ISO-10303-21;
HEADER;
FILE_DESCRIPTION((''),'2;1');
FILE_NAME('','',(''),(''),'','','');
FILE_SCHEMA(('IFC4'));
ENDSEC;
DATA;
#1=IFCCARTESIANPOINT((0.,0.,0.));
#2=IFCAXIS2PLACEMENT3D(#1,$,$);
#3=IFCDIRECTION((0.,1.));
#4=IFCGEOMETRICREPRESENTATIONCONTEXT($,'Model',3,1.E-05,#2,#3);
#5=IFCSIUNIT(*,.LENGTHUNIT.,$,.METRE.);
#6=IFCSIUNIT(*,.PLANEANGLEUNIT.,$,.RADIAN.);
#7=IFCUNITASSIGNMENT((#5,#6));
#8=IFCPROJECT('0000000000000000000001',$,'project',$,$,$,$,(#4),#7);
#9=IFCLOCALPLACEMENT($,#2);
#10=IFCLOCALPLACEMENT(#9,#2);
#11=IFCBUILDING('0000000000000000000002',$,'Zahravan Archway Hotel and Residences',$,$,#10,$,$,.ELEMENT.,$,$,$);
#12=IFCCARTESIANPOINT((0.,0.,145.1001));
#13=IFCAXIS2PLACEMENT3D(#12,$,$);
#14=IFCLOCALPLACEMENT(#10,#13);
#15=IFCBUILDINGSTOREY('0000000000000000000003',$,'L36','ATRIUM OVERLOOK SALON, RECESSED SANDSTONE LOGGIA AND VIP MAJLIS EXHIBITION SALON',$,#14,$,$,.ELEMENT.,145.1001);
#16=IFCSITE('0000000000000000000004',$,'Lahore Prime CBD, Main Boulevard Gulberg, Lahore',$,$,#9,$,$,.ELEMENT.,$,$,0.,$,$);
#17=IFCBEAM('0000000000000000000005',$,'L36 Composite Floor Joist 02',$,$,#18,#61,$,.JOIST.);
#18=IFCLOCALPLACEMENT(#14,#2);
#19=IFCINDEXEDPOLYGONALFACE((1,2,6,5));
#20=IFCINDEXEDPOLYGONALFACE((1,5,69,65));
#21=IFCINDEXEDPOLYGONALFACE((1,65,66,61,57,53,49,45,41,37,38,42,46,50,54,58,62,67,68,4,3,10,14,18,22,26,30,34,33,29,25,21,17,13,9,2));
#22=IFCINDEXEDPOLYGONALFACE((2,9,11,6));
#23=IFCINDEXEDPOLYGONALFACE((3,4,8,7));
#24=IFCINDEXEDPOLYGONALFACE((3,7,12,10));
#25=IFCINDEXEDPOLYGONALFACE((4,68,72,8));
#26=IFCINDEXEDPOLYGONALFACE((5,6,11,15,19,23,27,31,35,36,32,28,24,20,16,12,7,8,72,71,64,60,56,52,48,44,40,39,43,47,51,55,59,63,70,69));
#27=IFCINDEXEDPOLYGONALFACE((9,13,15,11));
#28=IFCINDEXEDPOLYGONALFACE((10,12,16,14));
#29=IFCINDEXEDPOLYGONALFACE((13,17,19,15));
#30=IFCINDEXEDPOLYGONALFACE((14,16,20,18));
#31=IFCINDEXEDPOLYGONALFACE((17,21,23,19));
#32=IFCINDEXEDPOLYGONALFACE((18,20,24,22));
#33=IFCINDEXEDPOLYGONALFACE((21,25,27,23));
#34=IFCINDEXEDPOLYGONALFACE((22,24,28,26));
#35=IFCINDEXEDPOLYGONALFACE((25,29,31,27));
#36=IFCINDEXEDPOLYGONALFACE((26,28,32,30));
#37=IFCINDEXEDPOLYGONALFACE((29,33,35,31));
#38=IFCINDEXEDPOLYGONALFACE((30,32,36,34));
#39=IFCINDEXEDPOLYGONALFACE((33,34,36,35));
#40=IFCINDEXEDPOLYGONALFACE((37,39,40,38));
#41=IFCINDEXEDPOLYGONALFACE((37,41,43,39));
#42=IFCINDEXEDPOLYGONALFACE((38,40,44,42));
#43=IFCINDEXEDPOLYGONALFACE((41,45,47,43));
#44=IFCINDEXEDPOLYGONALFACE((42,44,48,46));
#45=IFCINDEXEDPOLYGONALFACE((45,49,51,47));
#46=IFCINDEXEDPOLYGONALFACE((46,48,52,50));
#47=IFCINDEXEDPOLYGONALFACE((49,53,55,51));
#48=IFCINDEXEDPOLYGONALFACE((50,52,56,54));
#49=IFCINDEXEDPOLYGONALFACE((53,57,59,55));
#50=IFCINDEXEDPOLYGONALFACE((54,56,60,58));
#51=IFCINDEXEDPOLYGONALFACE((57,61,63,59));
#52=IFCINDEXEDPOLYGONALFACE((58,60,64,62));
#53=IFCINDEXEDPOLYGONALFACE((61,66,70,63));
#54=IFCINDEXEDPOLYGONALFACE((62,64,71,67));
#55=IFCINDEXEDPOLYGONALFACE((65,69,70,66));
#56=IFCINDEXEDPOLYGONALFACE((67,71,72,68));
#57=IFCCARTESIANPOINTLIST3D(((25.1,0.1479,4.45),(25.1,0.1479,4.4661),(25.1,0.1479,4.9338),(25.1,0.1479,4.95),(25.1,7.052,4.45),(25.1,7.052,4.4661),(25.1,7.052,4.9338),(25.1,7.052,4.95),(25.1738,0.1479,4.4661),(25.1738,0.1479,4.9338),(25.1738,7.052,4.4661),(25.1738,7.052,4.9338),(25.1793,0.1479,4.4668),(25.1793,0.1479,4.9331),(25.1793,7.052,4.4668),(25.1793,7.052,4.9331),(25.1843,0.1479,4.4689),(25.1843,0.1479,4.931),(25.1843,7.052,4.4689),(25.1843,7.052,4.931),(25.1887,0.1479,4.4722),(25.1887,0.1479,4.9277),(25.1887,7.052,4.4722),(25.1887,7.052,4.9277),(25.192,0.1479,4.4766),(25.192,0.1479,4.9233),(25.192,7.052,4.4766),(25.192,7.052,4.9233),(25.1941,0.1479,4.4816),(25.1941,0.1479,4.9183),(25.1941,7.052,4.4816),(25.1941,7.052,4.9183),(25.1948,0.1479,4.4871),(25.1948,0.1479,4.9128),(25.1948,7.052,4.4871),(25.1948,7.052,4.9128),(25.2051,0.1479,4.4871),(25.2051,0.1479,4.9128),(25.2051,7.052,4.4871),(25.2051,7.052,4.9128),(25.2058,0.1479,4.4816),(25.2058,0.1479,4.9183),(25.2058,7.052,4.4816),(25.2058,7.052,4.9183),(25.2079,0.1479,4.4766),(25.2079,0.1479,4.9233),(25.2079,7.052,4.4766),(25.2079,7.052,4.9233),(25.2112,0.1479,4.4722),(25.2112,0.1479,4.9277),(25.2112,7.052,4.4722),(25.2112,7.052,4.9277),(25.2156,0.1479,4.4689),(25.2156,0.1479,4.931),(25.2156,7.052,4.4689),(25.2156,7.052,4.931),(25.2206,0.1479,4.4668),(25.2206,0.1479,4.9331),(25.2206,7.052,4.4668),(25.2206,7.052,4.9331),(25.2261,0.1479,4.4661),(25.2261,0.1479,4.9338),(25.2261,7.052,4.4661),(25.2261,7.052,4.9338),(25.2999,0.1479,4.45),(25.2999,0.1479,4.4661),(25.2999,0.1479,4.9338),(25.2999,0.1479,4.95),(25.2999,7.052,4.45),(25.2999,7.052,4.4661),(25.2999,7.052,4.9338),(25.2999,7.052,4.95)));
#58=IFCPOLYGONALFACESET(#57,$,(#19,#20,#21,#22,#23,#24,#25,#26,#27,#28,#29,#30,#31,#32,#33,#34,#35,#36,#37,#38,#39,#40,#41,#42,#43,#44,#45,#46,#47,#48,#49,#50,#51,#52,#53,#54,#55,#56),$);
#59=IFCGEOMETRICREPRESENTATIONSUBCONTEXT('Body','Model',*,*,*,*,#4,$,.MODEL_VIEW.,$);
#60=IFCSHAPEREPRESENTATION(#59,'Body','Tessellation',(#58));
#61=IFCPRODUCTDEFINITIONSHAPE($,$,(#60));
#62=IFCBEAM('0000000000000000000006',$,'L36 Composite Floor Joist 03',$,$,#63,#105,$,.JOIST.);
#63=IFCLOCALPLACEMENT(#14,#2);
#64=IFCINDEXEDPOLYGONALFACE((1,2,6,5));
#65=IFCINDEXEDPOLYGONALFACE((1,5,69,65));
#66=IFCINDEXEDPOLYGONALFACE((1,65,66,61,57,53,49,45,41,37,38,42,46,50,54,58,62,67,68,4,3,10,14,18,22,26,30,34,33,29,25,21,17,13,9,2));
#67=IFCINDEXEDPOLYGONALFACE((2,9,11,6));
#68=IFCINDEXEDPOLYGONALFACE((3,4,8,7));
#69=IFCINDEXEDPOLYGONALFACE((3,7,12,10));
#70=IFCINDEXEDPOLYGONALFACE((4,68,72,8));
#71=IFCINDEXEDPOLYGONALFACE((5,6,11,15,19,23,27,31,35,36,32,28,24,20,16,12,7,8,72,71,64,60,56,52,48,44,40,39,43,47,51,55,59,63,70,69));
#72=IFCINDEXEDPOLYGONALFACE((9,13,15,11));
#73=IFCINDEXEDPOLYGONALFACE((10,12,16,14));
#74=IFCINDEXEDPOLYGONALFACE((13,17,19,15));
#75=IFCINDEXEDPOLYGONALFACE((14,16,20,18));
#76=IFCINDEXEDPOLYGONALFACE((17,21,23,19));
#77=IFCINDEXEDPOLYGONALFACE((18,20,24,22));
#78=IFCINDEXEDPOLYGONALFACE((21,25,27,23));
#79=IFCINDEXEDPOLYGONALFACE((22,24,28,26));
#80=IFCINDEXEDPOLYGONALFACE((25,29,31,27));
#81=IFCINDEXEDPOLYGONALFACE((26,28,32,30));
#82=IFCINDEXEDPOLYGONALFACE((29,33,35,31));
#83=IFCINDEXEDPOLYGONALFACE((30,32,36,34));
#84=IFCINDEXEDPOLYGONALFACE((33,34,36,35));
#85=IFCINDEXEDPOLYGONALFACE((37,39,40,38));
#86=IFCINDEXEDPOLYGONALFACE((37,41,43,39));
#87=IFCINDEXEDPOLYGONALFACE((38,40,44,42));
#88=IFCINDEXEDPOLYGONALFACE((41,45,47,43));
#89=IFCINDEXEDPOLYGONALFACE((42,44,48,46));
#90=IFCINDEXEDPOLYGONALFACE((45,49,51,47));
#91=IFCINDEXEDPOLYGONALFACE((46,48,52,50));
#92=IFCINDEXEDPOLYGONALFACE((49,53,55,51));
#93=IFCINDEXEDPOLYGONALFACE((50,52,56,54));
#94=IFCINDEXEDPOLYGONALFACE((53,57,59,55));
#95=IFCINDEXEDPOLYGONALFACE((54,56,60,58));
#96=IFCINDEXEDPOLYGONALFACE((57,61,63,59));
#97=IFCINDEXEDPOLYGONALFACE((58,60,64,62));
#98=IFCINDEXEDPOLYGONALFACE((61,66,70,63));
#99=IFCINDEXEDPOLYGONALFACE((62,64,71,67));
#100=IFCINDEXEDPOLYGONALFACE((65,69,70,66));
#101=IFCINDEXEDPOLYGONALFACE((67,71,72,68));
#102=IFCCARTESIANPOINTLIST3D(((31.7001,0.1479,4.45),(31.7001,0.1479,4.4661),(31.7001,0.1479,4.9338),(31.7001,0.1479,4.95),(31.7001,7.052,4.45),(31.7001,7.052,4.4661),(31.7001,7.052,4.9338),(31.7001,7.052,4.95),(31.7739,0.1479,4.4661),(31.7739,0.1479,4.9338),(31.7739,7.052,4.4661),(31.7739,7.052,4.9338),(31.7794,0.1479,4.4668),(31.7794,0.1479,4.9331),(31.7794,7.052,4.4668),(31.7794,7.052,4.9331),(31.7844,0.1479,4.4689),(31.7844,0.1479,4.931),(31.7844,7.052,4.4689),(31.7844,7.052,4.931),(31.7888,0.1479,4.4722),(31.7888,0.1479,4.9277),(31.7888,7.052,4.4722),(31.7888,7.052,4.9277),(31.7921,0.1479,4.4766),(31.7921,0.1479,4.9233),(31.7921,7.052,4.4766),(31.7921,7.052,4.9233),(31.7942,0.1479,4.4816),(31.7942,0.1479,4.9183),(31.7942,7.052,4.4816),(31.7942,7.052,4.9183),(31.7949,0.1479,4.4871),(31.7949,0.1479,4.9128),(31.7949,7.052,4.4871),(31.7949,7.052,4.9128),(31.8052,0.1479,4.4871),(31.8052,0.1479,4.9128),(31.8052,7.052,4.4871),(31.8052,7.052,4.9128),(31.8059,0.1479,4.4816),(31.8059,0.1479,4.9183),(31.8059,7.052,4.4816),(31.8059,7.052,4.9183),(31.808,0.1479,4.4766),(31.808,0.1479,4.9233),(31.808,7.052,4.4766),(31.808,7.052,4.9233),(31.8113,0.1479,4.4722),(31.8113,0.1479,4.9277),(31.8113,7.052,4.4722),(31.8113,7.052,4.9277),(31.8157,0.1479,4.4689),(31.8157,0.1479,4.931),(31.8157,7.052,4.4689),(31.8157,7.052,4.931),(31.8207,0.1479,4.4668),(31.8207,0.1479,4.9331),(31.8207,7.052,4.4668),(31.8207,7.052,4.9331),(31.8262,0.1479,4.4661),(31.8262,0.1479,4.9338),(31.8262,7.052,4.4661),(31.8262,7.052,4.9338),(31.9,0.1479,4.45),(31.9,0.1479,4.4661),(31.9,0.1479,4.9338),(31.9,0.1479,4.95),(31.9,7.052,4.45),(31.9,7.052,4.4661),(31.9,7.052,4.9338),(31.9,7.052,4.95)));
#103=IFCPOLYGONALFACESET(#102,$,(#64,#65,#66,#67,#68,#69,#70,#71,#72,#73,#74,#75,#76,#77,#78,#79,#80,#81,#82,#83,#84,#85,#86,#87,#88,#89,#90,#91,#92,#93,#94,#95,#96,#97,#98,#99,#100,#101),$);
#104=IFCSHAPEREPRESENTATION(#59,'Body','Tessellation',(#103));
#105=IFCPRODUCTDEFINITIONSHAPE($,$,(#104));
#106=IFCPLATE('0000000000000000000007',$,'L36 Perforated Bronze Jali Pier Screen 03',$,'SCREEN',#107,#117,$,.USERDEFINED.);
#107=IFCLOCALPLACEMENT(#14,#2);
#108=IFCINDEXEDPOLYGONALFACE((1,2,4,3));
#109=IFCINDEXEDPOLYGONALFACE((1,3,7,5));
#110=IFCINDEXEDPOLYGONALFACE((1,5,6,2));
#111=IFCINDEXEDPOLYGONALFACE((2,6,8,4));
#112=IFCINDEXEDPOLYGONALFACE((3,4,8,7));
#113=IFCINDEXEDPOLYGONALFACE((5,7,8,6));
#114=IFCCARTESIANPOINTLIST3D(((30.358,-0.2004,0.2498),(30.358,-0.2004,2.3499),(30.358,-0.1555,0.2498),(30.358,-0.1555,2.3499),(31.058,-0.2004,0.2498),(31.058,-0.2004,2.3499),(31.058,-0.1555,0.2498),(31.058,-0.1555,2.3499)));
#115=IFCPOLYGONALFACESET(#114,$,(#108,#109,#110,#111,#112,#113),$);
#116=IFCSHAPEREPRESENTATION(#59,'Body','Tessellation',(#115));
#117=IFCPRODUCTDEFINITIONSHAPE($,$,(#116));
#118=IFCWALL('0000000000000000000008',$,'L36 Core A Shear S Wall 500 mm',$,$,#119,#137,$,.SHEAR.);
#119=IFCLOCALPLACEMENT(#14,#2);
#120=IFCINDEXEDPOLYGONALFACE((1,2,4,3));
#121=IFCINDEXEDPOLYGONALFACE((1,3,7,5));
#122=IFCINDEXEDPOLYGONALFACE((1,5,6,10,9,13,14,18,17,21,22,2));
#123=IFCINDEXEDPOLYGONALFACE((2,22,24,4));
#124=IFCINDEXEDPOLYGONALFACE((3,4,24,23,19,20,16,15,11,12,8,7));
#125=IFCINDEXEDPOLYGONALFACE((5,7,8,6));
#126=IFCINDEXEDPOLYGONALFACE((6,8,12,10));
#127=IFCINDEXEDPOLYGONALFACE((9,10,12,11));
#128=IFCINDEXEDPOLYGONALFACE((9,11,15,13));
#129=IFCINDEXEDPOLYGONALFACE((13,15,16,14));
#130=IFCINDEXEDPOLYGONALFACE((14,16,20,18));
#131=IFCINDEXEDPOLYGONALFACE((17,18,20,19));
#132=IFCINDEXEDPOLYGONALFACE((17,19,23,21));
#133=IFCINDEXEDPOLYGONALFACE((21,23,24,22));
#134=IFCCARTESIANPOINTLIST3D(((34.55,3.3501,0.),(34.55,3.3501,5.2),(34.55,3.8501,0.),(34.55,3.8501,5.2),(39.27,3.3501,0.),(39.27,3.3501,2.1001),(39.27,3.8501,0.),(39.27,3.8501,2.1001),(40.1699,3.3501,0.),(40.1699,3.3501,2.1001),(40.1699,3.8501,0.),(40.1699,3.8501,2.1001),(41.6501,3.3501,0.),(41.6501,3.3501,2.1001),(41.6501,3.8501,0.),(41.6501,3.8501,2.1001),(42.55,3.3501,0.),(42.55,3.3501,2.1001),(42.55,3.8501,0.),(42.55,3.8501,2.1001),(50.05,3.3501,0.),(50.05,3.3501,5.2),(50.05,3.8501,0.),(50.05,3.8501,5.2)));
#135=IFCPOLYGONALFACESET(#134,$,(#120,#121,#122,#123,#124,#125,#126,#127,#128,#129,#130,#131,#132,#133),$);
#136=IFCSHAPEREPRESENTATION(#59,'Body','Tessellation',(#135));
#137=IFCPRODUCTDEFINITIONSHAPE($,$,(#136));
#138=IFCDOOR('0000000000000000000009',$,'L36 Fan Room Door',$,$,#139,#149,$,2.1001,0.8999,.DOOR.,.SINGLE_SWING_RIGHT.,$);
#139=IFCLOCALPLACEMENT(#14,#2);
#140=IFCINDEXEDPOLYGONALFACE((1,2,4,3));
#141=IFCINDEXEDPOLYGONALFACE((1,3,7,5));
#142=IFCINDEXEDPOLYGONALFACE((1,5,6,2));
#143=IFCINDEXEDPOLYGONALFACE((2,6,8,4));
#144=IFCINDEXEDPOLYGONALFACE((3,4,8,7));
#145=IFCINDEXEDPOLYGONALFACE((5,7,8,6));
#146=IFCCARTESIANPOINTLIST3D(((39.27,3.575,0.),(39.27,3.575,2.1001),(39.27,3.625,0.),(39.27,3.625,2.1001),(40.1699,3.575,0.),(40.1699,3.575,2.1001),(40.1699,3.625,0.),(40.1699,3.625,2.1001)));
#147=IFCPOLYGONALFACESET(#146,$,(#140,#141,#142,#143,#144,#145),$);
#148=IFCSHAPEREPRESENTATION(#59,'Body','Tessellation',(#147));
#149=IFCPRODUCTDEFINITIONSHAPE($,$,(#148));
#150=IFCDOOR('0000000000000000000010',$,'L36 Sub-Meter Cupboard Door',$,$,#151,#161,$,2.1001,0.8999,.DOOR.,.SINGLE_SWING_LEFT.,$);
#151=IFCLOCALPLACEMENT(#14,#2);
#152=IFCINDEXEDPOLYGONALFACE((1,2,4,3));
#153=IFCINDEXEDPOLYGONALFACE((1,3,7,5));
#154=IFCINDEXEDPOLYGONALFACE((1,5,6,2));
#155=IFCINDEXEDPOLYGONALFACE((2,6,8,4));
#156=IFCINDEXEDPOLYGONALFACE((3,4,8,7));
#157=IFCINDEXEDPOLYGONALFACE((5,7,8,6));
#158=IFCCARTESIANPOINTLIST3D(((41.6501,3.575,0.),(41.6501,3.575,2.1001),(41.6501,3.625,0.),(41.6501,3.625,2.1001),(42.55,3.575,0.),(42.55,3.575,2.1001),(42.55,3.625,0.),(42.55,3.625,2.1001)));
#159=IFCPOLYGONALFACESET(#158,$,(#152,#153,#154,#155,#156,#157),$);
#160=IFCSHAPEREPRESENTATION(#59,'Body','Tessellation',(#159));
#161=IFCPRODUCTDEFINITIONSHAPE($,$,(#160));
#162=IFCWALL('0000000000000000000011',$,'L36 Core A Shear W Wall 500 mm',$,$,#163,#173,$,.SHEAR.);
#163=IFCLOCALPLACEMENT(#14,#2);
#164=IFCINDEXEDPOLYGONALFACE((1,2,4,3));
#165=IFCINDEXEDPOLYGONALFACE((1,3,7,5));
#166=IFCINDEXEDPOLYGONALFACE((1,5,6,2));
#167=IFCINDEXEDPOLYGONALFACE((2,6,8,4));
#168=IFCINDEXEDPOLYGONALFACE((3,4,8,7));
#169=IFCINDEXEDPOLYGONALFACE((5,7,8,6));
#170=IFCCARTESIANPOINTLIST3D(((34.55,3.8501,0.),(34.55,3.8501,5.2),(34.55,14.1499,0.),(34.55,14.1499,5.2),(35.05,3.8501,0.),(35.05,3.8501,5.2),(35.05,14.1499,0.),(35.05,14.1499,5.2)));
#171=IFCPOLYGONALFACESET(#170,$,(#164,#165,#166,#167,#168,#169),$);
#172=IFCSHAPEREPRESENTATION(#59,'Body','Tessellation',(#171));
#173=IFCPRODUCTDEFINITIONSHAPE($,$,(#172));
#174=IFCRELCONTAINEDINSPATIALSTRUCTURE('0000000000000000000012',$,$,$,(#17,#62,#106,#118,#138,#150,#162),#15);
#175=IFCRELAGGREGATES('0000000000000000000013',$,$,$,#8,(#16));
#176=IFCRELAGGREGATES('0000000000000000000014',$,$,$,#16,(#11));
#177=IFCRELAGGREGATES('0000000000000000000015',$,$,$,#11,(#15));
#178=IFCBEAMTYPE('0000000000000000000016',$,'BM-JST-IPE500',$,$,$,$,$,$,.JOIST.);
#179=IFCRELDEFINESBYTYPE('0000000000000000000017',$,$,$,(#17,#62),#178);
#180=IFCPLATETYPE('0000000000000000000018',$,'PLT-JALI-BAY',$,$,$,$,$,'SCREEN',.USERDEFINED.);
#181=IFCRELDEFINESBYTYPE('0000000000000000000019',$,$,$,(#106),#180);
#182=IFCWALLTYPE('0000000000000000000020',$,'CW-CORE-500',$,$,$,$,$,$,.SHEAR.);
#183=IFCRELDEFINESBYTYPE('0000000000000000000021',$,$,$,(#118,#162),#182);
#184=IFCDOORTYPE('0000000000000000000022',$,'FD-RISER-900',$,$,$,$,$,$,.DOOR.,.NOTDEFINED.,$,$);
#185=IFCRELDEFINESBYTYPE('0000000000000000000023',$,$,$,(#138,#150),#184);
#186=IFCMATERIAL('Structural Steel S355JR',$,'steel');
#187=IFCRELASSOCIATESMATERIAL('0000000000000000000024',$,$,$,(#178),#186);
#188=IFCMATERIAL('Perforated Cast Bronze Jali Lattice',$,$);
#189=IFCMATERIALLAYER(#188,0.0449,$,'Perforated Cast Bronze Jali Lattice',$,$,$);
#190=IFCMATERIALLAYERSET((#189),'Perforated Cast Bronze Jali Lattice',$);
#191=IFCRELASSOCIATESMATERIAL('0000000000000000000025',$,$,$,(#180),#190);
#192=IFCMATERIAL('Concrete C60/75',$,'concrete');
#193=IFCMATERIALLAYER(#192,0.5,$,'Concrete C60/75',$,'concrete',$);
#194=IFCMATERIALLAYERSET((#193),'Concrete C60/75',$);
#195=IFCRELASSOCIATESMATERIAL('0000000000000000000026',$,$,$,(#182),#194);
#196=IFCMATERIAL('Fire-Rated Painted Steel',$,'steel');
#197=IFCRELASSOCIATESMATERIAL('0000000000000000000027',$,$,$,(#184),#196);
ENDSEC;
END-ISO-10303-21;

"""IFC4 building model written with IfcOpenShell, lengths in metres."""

from ifc_helpers import new_model, si_unit, direction, frame, frame_2d, origin, origin_2d, place, context, subcontext, project, spatial, rectangle, i_section, extrude, source, transform, mapped, material, layer, layer_set, material_profile, profile_set, type_object, type_shapes, element, fill, save


model = new_model("IFC4")

# Units and contexts
model_context = context("Model", 3, precision=1e-05, world=origin(), true_north=direction((0.0, 1.0)))
body_context = subcontext(model_context, "Body", "Model", "MODEL_VIEW")
ifc_project = project(units=[si_unit("LENGTHUNIT", "METRE"), si_unit("PLANEANGLEUNIT", "RADIAN")], contexts=[model_context])

# Site, building, storey
site_placement = place(None, origin())
site = spatial("IfcSite", under=ifc_project, at=site_placement, Name="Lahore Prime CBD, Main Boulevard Gulberg, Lahore", CompositionType="ELEMENT", RefElevation=0.0)
building_placement = place(site_placement, origin())
building = spatial("IfcBuilding", under=site, at=building_placement, Name="Zahravan Archway Hotel and Residences", CompositionType="ELEMENT")
storey_placement = place(building_placement, frame((0.0, 0.0, 145.1001)))
storey = spatial("IfcBuildingStorey", under=building, at=storey_placement, Name="L36", Description="ATRIUM OVERLOOK SALON, RECESSED SANDSTONE LOGGIA AND VIP MAJLIS EXHIBITION SALON", CompositionType="ELEMENT", Elevation=145.1001)

# Shared definitions
ifc_material_1 = material(Name="Concrete C60/75", Category="concrete")

# Beams
ifc_material_2 = material(Name="Structural Steel S355JR", Category="steel")
ifc_material_profile_1 = material_profile(ifc_material_2, i_section(OverallWidth=0.2, OverallDepth=0.5, WebThickness=0.0103, FlangeThickness=0.0161, FilletRadius=0.021, at=origin_2d()), Name="IPE 500", Category="steel")
ifc_profile_set_1 = profile_set([ifc_material_profile_1], Name="Structural Steel S355JR")
beam_type_1 = type_object("IfcBeamType", Name="BM-JST-IPE500", PredefinedType="JOIST", material=ifc_profile_set_1)
shared_shape_1 = source(origin(), body_context, "Body", "SweptSolid", [
    extrude(i_section(OverallWidth=0.2, OverallDepth=0.5, WebThickness=0.0103, FlangeThickness=0.0161, FilletRadius=0.021, at=origin_2d()), origin(), (0.0, 0.0, 1.0), 6.9041),
])
type_shapes(beam_type_1, [shared_shape_1])
for number, where, z_axis, x_axis, name in (
    (1, (25.2, 0.1479, 4.7), (0.0, 1.0, 0.0), (-1.0, 0.0, 0.0), "L36 Composite Floor Joist 02"),
    (2, (31.8, 0.1479, 4.7), (0.0, 1.0, 0.0), (-1.0, 0.0, 0.0), "L36 Composite Floor Joist 03"),
):
    element("IfcBeam", number, at=place(storey_placement, frame(where, z_axis=z_axis, x_axis=x_axis)), inside=storey, type_object=beam_type_1, Name=name, PredefinedType="JOIST", context=body_context, shape_type="MappedRepresentation", body=[
        mapped(shared_shape_1, transform((0.0, 0.0, 0.0), scale=1.0)),
    ])

# Plate
ifc_material_3 = material(Name="Perforated Cast Bronze Jali Lattice")
ifc_layer_1 = layer(ifc_material_3, 0.0449, Name="Perforated Cast Bronze Jali Lattice")
ifc_layer_set_1 = layer_set([ifc_layer_1], Name="Perforated Cast Bronze Jali Lattice")
plate_type = type_object("IfcPlateType", Name="PLT-JALI-BAY", ElementType="SCREEN", PredefinedType="USERDEFINED", material=ifc_layer_set_1)
shared_shape_2 = source(origin(), body_context, "Body", "SweptSolid", [
    extrude(rectangle(XDim=0.7, YDim=0.0449, at=origin_2d()), origin(), (0.0, 0.0, 1.0), 2.1001),
])
type_shapes(plate_type, [shared_shape_2])
plate_placement = place(storey_placement, frame((30.708, -0.178, 0.2498), z_axis=(0.0, 0.0, 1.0), x_axis=(1.0, 0.0, 0.0)))
element("IfcPlate", 3, at=plate_placement, inside=storey, type_object=plate_type, Name="L36 Perforated Bronze Jali Pier Screen 03", ObjectType="SCREEN", PredefinedType="USERDEFINED", context=body_context, shape_type="MappedRepresentation", body=[
    mapped(shared_shape_2, transform((0.0, 0.0, 0.0), scale=1.0)),
])

# Wall, openings, doors
ifc_layer_2 = layer(ifc_material_1, 0.5, Name="Concrete C60/75", Category="concrete")
ifc_layer_set_2 = layer_set([ifc_layer_2], Name="Concrete C60/75")
wall_type_1 = type_object("IfcWallType", Name="CW-CORE-500", PredefinedType="SHEAR", material=ifc_layer_set_2)
wall_1_placement = place(storey_placement, frame((34.55, 3.6001, 0.0), z_axis=(0.0, 0.0, 1.0), x_axis=(1.0, 0.0, 0.0)))
wall_1 = element("IfcWall", 4, at=wall_1_placement, inside=storey, type_object=wall_type_1, Name="L36 Core A Shear S Wall 500 mm", PredefinedType="SHEAR", context=body_context, shape_type="SweptSolid", body=[
    extrude(rectangle(XDim=15.5, YDim=0.5, at=frame_2d((7.75, 0.0))), origin(), (0.0, 0.0, 1.0), 5.2),
])
opening_1_placement = place(wall_1_placement, frame((4.72, 0.0, 0.0)))
opening_1 = element("IfcOpeningElement", 5, at=opening_1_placement, cuts=wall_1, PredefinedType="OPENING", context=body_context, shape_type="SweptSolid", body=[
    extrude(rectangle(XDim=0.8999, YDim=2.1001, at=frame_2d((0.45, 1.05))), frame((0.0, 0.26, 0.0), z_axis=(0.0, -1.0, 0.0), x_axis=(1.0, 0.0, 0.0)), (0.0, 0.0, 1.0), 0.52),
])
opening_2_placement = place(wall_1_placement, frame((7.1001, 0.0, 0.0)))
opening_2 = element("IfcOpeningElement", 6, at=opening_2_placement, cuts=wall_1, PredefinedType="OPENING", context=body_context, shape_type="SweptSolid", body=[
    extrude(rectangle(XDim=0.8999, YDim=2.1001, at=frame_2d((0.45, 1.05))), frame((0.0, 0.26, 0.0), z_axis=(0.0, -1.0, 0.0), x_axis=(1.0, 0.0, 0.0)), (0.0, 0.0, 1.0), 0.52),
])
ifc_material_4 = material(Name="Fire-Rated Painted Steel", Category="steel")
door_type_1 = type_object("IfcDoorType", Name="FD-RISER-900", OperationType="NOTDEFINED", PredefinedType="DOOR", material=ifc_material_4)
shared_shape_3 = source(origin(), body_context, "Body", "SweptSolid", [
    extrude(rectangle(XDim=0.8999, YDim=2.1001, at=frame_2d((0.45, 1.05))), frame((0.0, 0.0249, 0.0), z_axis=(0.0, -1.0, 0.0), x_axis=(1.0, 0.0, 0.0)), (0.0, 0.0, 1.0), 0.05),
])
type_shapes(door_type_1, [shared_shape_3])
door_1_placement = place(opening_1_placement, origin())
door_1 = element("IfcDoor", 7, at=door_1_placement, inside=storey, type_object=door_type_1, Name="L36 Fan Room Door", OperationType="SINGLE_SWING_RIGHT", OverallHeight=2.1001, OverallWidth=0.8999, PredefinedType="DOOR", context=body_context, shape_type="MappedRepresentation", body=[
    mapped(shared_shape_3, transform((0.0, 0.0, 0.0), scale=1.0)),
])
fill(opening_1, door_1)
door_2_placement = place(opening_2_placement, origin())
door_2 = element("IfcDoor", 8, at=door_2_placement, inside=storey, type_object=door_type_1, Name="L36 Sub-Meter Cupboard Door", OperationType="SINGLE_SWING_LEFT", OverallHeight=2.1001, OverallWidth=0.8999, PredefinedType="DOOR", context=body_context, shape_type="MappedRepresentation", body=[
    mapped(shared_shape_3, transform((0.0, 0.0, 0.0), scale=1.0)),
])
fill(opening_2, door_2)

# Wall
wall_2_placement = place(storey_placement, frame((34.8, 3.8501, 0.0), z_axis=(0.0, 0.0, 1.0), x_axis=(0.0, 1.0, 0.0)))
element("IfcWall", 9, at=wall_2_placement, inside=storey, type_object=wall_type_1, Name="L36 Core A Shear W Wall 500 mm", PredefinedType="SHEAR", context=body_context, shape_type="SweptSolid", body=[
    extrude(rectangle(XDim=10.2998, YDim=0.5, at=frame_2d((5.1499, 0.0))), origin(), (0.0, 0.0, 1.0), 5.2),
])

save(model, "model.ifc")
